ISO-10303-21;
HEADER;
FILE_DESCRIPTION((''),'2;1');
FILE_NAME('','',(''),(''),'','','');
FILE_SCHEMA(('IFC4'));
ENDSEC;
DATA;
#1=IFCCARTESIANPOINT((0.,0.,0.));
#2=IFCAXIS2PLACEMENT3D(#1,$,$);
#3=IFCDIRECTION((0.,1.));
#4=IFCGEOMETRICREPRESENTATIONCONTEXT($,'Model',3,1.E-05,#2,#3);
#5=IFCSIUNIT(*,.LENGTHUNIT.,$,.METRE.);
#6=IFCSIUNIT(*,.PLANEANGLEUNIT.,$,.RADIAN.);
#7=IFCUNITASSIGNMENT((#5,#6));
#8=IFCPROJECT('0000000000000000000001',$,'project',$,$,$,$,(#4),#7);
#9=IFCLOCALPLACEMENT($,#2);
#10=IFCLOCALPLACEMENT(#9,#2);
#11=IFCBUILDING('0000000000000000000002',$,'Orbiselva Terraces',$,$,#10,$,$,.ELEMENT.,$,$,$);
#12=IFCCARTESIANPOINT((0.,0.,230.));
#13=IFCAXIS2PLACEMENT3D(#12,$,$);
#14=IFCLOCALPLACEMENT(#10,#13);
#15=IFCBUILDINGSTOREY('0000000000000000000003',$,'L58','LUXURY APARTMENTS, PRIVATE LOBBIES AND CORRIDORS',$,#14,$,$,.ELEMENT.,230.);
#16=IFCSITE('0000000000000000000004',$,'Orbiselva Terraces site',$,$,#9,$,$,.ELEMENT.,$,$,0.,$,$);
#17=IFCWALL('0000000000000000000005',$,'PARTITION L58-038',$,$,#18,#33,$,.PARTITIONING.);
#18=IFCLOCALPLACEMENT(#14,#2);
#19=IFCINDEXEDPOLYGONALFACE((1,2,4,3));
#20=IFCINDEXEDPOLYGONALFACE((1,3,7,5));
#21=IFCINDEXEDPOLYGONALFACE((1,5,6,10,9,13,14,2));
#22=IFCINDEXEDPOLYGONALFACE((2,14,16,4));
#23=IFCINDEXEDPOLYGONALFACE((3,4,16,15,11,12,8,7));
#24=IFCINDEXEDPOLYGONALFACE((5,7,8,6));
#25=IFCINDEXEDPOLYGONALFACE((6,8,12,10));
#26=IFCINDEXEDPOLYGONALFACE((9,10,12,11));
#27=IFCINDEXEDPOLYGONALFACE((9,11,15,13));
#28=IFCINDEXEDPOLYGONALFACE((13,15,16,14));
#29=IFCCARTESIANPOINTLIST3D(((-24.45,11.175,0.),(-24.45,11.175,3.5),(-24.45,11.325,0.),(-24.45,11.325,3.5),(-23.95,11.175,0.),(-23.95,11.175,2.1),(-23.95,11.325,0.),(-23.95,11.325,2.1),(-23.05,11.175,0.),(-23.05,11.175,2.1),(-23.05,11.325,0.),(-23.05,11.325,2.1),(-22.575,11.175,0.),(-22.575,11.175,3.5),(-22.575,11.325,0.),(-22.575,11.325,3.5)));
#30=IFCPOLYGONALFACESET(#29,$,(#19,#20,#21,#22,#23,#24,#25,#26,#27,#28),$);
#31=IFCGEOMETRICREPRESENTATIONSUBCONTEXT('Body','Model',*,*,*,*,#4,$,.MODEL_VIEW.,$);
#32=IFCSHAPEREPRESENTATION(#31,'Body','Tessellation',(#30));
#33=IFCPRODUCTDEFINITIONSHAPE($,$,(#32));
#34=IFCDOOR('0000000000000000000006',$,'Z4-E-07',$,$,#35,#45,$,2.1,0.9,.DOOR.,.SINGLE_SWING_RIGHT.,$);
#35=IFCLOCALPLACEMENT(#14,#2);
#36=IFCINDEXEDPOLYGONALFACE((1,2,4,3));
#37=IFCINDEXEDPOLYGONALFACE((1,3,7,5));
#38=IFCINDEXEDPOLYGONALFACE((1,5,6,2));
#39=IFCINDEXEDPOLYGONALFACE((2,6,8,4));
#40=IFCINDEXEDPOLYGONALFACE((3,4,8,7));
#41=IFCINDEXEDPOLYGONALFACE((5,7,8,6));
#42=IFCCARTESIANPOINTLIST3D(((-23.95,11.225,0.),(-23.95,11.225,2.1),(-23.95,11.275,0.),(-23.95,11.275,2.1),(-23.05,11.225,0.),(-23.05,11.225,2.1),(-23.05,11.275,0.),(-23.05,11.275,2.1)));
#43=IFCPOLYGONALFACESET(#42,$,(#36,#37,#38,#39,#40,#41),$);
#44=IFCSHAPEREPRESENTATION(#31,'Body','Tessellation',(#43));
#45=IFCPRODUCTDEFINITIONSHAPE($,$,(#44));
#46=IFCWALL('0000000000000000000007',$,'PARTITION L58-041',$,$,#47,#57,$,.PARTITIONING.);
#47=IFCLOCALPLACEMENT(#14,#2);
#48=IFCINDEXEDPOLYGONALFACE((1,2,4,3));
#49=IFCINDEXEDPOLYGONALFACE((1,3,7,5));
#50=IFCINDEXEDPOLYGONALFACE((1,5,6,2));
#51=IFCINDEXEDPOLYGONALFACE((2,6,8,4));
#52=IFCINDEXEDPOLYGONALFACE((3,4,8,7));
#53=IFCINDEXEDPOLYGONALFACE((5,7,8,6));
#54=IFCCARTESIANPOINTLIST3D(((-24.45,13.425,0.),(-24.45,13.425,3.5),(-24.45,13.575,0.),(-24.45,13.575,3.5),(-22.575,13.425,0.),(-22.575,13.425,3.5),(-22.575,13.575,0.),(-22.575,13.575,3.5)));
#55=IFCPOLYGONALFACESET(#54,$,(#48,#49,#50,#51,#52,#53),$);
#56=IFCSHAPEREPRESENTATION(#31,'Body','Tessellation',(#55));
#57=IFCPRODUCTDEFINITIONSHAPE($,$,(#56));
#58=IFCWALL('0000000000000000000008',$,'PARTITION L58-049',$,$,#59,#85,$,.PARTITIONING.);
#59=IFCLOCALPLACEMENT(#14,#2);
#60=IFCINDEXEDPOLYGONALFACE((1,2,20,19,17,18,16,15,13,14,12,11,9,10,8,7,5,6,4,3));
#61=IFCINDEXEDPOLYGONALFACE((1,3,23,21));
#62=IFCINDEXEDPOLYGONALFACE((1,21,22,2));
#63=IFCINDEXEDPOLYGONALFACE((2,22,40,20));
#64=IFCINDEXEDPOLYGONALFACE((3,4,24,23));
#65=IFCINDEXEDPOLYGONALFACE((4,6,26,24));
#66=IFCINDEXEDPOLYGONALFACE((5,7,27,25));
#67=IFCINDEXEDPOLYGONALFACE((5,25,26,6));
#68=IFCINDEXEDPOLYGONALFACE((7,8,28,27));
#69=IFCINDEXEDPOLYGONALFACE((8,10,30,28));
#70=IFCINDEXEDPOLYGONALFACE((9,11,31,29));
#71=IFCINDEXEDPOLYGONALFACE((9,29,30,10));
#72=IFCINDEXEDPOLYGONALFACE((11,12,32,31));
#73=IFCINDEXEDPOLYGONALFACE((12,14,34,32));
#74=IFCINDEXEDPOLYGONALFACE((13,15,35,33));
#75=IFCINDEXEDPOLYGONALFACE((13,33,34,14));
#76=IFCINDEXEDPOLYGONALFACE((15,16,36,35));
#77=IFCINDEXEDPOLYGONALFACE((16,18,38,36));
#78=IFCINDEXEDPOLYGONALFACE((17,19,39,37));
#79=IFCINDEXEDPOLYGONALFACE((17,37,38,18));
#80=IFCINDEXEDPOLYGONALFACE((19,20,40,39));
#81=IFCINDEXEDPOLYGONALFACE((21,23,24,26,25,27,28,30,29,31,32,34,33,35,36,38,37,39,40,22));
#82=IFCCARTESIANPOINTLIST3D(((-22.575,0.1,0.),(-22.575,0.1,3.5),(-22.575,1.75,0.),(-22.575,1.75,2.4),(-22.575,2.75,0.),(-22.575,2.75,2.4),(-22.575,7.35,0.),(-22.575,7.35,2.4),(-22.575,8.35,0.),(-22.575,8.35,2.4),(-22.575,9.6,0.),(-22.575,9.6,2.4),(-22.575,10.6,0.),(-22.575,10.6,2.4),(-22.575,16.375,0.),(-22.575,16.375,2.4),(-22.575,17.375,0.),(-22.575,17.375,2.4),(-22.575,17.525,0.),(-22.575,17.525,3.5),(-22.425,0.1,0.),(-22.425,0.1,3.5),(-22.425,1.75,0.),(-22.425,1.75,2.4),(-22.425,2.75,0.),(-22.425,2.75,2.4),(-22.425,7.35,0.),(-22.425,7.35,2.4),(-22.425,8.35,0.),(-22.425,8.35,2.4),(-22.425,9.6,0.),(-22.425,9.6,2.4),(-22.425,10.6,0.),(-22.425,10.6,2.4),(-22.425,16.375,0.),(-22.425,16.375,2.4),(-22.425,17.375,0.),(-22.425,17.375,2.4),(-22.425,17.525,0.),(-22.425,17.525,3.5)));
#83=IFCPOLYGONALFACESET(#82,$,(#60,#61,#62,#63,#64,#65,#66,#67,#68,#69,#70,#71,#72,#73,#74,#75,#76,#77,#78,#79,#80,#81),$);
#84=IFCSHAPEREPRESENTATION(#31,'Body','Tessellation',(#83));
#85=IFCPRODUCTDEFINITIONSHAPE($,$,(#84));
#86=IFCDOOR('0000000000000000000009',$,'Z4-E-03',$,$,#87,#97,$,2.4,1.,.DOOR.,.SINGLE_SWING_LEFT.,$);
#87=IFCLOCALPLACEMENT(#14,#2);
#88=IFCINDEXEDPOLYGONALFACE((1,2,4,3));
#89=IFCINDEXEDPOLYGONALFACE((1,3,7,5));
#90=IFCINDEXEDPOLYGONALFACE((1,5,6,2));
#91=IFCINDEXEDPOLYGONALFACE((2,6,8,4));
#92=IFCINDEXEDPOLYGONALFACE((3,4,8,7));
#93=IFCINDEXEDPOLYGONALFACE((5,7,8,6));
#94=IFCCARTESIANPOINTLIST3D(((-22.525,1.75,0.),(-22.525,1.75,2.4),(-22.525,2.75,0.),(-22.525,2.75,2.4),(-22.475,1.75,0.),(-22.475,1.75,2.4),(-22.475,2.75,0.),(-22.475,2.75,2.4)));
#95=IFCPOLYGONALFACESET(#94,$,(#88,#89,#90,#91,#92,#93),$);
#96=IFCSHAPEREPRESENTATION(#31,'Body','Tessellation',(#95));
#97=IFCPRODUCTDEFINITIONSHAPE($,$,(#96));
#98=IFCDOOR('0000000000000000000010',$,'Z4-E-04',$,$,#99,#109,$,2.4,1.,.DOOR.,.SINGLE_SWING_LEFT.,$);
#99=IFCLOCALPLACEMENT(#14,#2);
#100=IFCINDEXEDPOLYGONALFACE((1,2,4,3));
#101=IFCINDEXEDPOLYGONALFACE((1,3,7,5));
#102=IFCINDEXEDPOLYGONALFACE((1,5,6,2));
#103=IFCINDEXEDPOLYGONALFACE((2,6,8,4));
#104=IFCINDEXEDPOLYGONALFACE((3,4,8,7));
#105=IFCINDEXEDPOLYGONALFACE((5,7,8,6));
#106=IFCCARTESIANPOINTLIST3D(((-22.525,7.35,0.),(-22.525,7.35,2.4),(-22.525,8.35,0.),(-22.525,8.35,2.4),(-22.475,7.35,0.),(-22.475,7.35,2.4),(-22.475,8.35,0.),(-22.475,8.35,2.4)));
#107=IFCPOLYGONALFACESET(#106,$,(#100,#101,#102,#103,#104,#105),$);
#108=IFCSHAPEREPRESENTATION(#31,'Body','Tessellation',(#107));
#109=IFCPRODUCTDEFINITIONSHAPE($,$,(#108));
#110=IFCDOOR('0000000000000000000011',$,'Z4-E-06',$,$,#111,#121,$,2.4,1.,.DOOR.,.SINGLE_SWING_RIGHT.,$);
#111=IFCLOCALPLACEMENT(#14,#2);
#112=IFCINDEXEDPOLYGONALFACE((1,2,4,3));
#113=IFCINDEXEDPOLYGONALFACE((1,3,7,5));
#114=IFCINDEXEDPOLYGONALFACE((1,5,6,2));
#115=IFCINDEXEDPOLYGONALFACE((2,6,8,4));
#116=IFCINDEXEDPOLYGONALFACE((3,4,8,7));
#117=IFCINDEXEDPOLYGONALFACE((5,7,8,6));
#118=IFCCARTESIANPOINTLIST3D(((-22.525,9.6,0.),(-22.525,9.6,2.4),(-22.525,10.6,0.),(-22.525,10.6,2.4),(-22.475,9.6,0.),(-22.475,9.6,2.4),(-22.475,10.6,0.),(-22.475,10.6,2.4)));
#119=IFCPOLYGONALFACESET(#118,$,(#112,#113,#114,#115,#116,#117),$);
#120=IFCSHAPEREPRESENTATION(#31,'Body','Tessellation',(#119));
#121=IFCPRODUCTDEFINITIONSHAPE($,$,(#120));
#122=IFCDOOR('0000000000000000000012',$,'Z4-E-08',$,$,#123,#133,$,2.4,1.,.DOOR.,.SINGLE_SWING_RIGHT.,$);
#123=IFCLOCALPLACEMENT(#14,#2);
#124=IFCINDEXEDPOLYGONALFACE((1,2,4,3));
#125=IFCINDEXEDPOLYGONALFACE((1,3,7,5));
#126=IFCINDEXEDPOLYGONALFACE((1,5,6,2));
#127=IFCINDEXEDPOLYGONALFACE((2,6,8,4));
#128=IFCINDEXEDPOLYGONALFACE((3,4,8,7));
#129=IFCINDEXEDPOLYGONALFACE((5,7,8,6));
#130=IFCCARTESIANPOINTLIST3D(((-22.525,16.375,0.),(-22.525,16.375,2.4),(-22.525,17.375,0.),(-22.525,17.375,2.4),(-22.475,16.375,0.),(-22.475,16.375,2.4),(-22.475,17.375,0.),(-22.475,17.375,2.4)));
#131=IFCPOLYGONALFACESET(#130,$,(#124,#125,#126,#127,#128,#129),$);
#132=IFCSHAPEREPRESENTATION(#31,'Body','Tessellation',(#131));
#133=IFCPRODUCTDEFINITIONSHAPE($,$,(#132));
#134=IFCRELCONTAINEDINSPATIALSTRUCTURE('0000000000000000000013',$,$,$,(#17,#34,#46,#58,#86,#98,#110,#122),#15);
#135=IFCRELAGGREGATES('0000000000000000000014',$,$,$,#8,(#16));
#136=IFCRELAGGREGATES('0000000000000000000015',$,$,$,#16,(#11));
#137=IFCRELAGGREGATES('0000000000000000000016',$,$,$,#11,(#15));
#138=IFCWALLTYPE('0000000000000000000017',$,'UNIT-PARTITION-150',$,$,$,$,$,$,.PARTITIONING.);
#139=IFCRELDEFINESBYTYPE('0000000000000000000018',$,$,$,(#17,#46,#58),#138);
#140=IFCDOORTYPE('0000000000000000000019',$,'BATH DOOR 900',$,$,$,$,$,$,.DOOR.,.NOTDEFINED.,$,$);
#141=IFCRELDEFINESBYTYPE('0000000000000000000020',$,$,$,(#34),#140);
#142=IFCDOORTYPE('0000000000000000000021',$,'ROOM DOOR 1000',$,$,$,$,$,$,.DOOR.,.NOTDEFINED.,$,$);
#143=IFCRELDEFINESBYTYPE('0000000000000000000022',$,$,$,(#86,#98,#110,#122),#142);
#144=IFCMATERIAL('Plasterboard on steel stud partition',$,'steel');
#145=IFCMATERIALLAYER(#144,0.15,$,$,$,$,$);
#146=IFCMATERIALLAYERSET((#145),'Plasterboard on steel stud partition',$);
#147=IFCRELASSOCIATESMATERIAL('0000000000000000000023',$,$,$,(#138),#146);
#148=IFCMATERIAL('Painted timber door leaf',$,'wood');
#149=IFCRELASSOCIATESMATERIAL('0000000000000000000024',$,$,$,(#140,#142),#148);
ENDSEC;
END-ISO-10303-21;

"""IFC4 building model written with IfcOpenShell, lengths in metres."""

from ifc_helpers import new_model, si_unit, direction, frame, frame_2d, origin, place, context, subcontext, project, spatial, rectangle, extrude, material, layer, layer_set, type_object, element, fill, save


model = new_model("IFC4")

# Units and contexts
model_context = context("Model", 3, precision=1e-05, world=origin(), true_north=direction((0.0, 1.0)))
body_context = subcontext(model_context, "Body", "Model", "MODEL_VIEW")
ifc_project = project(units=[si_unit("LENGTHUNIT", "METRE"), si_unit("PLANEANGLEUNIT", "RADIAN")], contexts=[model_context])

# Site, building, storey
site_placement = place(None, origin())
site = spatial("IfcSite", under=ifc_project, at=site_placement, Name="Orbiselva Terraces site", CompositionType="ELEMENT", RefElevation=0.0)
building_placement = place(site_placement, origin())
building = spatial("IfcBuilding", under=site, at=building_placement, Name="Orbiselva Terraces", CompositionType="ELEMENT")
storey_placement = place(building_placement, frame((0.0, 0.0, 230.0)))
storey = spatial("IfcBuildingStorey", under=building, at=storey_placement, Name="L58", Description="LUXURY APARTMENTS, PRIVATE LOBBIES AND CORRIDORS", CompositionType="ELEMENT", Elevation=230.0)

# Shared definitions
ifc_material_1 = material(Name="Plasterboard on steel stud partition", Category="steel")
ifc_layer_1 = layer(ifc_material_1, 0.15)
ifc_layer_set_1 = layer_set([ifc_layer_1], Name="Plasterboard on steel stud partition")
wall_type_1 = type_object("IfcWallType", Name="UNIT-PARTITION-150", PredefinedType="PARTITIONING", material=ifc_layer_set_1)

# Wall, opening, door
wall_1_placement = place(storey_placement, frame((-24.45, 11.25, 0.0), z_axis=(0.0, 0.0, 1.0), x_axis=(1.0, 0.0, 0.0)))
wall_1 = element("IfcWall", 1, at=wall_1_placement, inside=storey, type_object=wall_type_1, Name="PARTITION L58-038", PredefinedType="PARTITIONING", context=body_context, shape_type="SweptSolid", body=[
    extrude(rectangle(XDim=1.875, YDim=0.15, at=frame_2d((0.9375, 0.0))), origin(), (0.0, 0.0, 1.0), 3.5),
])
opening_1_placement = place(wall_1_placement, frame((0.5, 0.0, 0.0)))
opening_1 = element("IfcOpeningElement", 2, at=opening_1_placement, cuts=wall_1, PredefinedType="OPENING", context=body_context, shape_type="SweptSolid", body=[
    extrude(rectangle(XDim=0.9, YDim=2.1, at=frame_2d((0.45, 1.05))), frame((0.0, 0.085, 0.0), z_axis=(0.0, -1.0, 0.0), x_axis=(1.0, 0.0, 0.0)), (0.0, 0.0, 1.0), 0.17),
])
ifc_material_2 = material(Name="Painted timber door leaf", Category="wood")
door_type_1 = type_object("IfcDoorType", Name="BATH DOOR 900", OperationType="NOTDEFINED", PredefinedType="DOOR", material=ifc_material_2)
door_1_placement = place(opening_1_placement, origin())
door_1 = element("IfcDoor", 3, at=door_1_placement, inside=storey, type_object=door_type_1, Name="Z4-E-07", OperationType="SINGLE_SWING_RIGHT", OverallHeight=2.1, OverallWidth=0.9, PredefinedType="DOOR", context=body_context, shape_type="SweptSolid", body=[
    extrude(rectangle(XDim=0.9, YDim=2.1, at=frame_2d((0.45, 1.05))), frame((0.0, 0.025, 0.0), z_axis=(0.0, -1.0, 0.0), x_axis=(1.0, 0.0, 0.0)), (0.0, 0.0, 1.0), 0.05),
])
fill(opening_1, door_1)

# Wall
wall_2_placement = place(storey_placement, frame((-24.45, 13.5, 0.0), z_axis=(0.0, 0.0, 1.0), x_axis=(1.0, 0.0, 0.0)))
element("IfcWall", 4, at=wall_2_placement, inside=storey, type_object=wall_type_1, Name="PARTITION L58-041", PredefinedType="PARTITIONING", context=body_context, shape_type="SweptSolid", body=[
    extrude(rectangle(XDim=1.875, YDim=0.15, at=frame_2d((0.9375, 0.0))), origin(), (0.0, 0.0, 1.0), 3.5),
])

# Wall, openings, doors
wall_3_placement = place(storey_placement, frame((-22.5, 0.1, 0.0), z_axis=(0.0, 0.0, 1.0), x_axis=(0.0, 1.0, 0.0)))
wall_3 = element("IfcWall", 5, at=wall_3_placement, inside=storey, type_object=wall_type_1, Name="PARTITION L58-049", PredefinedType="PARTITIONING", context=body_context, shape_type="SweptSolid", body=[
    extrude(rectangle(XDim=17.425, YDim=0.15, at=frame_2d((8.7125, 0.0))), origin(), (0.0, 0.0, 1.0), 3.5),
])
opening_2_placement = place(wall_3_placement, frame((1.65, 0.0, 0.0)))
opening_2 = element("IfcOpeningElement", 6, at=opening_2_placement, cuts=wall_3, PredefinedType="OPENING", context=body_context, shape_type="SweptSolid", body=[
    extrude(rectangle(XDim=1.0, YDim=2.4, at=frame_2d((0.5, 1.2))), frame((0.0, 0.085, 0.0), z_axis=(0.0, -1.0, 0.0), x_axis=(1.0, 0.0, 0.0)), (0.0, 0.0, 1.0), 0.17),
])
opening_3_placement = place(wall_3_placement, frame((7.25, 0.0, 0.0)))
opening_3 = element("IfcOpeningElement", 7, at=opening_3_placement, cuts=wall_3, PredefinedType="OPENING", context=body_context, shape_type="SweptSolid", body=[
    extrude(rectangle(XDim=1.0, YDim=2.4, at=frame_2d((0.5, 1.2))), frame((0.0, 0.085, 0.0), z_axis=(0.0, -1.0, 0.0), x_axis=(1.0, 0.0, 0.0)), (0.0, 0.0, 1.0), 0.17),
])
opening_4_placement = place(wall_3_placement, frame((9.5, 0.0, 0.0)))
opening_4 = element("IfcOpeningElement", 8, at=opening_4_placement, cuts=wall_3, PredefinedType="OPENING", context=body_context, shape_type="SweptSolid", body=[
    extrude(rectangle(XDim=1.0, YDim=2.4, at=frame_2d((0.5, 1.2))), frame((0.0, 0.085, 0.0), z_axis=(0.0, -1.0, 0.0), x_axis=(1.0, 0.0, 0.0)), (0.0, 0.0, 1.0), 0.17),
])
opening_5_placement = place(wall_3_placement, frame((16.275, 0.0, 0.0)))
opening_5 = element("IfcOpeningElement", 9, at=opening_5_placement, cuts=wall_3, PredefinedType="OPENING", context=body_context, shape_type="SweptSolid", body=[
    extrude(rectangle(XDim=1.0, YDim=2.4, at=frame_2d((0.5, 1.2))), frame((0.0, 0.085, 0.0), z_axis=(0.0, -1.0, 0.0), x_axis=(1.0, 0.0, 0.0)), (0.0, 0.0, 1.0), 0.17),
])
door_type_2 = type_object("IfcDoorType", Name="ROOM DOOR 1000", OperationType="NOTDEFINED", PredefinedType="DOOR", material=ifc_material_2)
door_2_placement = place(opening_2_placement, origin())
door_2 = element("IfcDoor", 10, at=door_2_placement, inside=storey, type_object=door_type_2, Name="Z4-E-03", OperationType="SINGLE_SWING_LEFT", OverallHeight=2.4, OverallWidth=1.0, PredefinedType="DOOR", context=body_context, shape_type="SweptSolid", body=[
    extrude(rectangle(XDim=1.0, YDim=2.4, at=frame_2d((0.5, 1.2))), frame((0.0, 0.025, 0.0), z_axis=(0.0, -1.0, 0.0), x_axis=(1.0, 0.0, 0.0)), (0.0, 0.0, 1.0), 0.05),
])
fill(opening_2, door_2)
door_3_placement = place(opening_3_placement, origin())
door_3 = element("IfcDoor", 11, at=door_3_placement, inside=storey, type_object=door_type_2, Name="Z4-E-04", OperationType="SINGLE_SWING_LEFT", OverallHeight=2.4, OverallWidth=1.0, PredefinedType="DOOR", context=body_context, shape_type="SweptSolid", body=[
    extrude(rectangle(XDim=1.0, YDim=2.4, at=frame_2d((0.5, 1.2))), frame((0.0, 0.025, 0.0), z_axis=(0.0, -1.0, 0.0), x_axis=(1.0, 0.0, 0.0)), (0.0, 0.0, 1.0), 0.05),
])
fill(opening_3, door_3)
door_4_placement = place(opening_4_placement, origin())
door_4 = element("IfcDoor", 12, at=door_4_placement, inside=storey, type_object=door_type_2, Name="Z4-E-06", OperationType="SINGLE_SWING_RIGHT", OverallHeight=2.4, OverallWidth=1.0, PredefinedType="DOOR", context=body_context, shape_type="SweptSolid", body=[
    extrude(rectangle(XDim=1.0, YDim=2.4, at=frame_2d((0.5, 1.2))), frame((0.0, 0.025, 0.0), z_axis=(0.0, -1.0, 0.0), x_axis=(1.0, 0.0, 0.0)), (0.0, 0.0, 1.0), 0.05),
])
fill(opening_4, door_4)
door_5_placement = place(opening_5_placement, origin())
door_5 = element("IfcDoor", 13, at=door_5_placement, inside=storey, type_object=door_type_2, Name="Z4-E-08", OperationType="SINGLE_SWING_RIGHT", OverallHeight=2.4, OverallWidth=1.0, PredefinedType="DOOR", context=body_context, shape_type="SweptSolid", body=[
    extrude(rectangle(XDim=1.0, YDim=2.4, at=frame_2d((0.5, 1.2))), frame((0.0, 0.025, 0.0), z_axis=(0.0, -1.0, 0.0), x_axis=(1.0, 0.0, 0.0)), (0.0, 0.0, 1.0), 0.05),
])
fill(opening_5, door_5)

save(model, "model.ifc")
